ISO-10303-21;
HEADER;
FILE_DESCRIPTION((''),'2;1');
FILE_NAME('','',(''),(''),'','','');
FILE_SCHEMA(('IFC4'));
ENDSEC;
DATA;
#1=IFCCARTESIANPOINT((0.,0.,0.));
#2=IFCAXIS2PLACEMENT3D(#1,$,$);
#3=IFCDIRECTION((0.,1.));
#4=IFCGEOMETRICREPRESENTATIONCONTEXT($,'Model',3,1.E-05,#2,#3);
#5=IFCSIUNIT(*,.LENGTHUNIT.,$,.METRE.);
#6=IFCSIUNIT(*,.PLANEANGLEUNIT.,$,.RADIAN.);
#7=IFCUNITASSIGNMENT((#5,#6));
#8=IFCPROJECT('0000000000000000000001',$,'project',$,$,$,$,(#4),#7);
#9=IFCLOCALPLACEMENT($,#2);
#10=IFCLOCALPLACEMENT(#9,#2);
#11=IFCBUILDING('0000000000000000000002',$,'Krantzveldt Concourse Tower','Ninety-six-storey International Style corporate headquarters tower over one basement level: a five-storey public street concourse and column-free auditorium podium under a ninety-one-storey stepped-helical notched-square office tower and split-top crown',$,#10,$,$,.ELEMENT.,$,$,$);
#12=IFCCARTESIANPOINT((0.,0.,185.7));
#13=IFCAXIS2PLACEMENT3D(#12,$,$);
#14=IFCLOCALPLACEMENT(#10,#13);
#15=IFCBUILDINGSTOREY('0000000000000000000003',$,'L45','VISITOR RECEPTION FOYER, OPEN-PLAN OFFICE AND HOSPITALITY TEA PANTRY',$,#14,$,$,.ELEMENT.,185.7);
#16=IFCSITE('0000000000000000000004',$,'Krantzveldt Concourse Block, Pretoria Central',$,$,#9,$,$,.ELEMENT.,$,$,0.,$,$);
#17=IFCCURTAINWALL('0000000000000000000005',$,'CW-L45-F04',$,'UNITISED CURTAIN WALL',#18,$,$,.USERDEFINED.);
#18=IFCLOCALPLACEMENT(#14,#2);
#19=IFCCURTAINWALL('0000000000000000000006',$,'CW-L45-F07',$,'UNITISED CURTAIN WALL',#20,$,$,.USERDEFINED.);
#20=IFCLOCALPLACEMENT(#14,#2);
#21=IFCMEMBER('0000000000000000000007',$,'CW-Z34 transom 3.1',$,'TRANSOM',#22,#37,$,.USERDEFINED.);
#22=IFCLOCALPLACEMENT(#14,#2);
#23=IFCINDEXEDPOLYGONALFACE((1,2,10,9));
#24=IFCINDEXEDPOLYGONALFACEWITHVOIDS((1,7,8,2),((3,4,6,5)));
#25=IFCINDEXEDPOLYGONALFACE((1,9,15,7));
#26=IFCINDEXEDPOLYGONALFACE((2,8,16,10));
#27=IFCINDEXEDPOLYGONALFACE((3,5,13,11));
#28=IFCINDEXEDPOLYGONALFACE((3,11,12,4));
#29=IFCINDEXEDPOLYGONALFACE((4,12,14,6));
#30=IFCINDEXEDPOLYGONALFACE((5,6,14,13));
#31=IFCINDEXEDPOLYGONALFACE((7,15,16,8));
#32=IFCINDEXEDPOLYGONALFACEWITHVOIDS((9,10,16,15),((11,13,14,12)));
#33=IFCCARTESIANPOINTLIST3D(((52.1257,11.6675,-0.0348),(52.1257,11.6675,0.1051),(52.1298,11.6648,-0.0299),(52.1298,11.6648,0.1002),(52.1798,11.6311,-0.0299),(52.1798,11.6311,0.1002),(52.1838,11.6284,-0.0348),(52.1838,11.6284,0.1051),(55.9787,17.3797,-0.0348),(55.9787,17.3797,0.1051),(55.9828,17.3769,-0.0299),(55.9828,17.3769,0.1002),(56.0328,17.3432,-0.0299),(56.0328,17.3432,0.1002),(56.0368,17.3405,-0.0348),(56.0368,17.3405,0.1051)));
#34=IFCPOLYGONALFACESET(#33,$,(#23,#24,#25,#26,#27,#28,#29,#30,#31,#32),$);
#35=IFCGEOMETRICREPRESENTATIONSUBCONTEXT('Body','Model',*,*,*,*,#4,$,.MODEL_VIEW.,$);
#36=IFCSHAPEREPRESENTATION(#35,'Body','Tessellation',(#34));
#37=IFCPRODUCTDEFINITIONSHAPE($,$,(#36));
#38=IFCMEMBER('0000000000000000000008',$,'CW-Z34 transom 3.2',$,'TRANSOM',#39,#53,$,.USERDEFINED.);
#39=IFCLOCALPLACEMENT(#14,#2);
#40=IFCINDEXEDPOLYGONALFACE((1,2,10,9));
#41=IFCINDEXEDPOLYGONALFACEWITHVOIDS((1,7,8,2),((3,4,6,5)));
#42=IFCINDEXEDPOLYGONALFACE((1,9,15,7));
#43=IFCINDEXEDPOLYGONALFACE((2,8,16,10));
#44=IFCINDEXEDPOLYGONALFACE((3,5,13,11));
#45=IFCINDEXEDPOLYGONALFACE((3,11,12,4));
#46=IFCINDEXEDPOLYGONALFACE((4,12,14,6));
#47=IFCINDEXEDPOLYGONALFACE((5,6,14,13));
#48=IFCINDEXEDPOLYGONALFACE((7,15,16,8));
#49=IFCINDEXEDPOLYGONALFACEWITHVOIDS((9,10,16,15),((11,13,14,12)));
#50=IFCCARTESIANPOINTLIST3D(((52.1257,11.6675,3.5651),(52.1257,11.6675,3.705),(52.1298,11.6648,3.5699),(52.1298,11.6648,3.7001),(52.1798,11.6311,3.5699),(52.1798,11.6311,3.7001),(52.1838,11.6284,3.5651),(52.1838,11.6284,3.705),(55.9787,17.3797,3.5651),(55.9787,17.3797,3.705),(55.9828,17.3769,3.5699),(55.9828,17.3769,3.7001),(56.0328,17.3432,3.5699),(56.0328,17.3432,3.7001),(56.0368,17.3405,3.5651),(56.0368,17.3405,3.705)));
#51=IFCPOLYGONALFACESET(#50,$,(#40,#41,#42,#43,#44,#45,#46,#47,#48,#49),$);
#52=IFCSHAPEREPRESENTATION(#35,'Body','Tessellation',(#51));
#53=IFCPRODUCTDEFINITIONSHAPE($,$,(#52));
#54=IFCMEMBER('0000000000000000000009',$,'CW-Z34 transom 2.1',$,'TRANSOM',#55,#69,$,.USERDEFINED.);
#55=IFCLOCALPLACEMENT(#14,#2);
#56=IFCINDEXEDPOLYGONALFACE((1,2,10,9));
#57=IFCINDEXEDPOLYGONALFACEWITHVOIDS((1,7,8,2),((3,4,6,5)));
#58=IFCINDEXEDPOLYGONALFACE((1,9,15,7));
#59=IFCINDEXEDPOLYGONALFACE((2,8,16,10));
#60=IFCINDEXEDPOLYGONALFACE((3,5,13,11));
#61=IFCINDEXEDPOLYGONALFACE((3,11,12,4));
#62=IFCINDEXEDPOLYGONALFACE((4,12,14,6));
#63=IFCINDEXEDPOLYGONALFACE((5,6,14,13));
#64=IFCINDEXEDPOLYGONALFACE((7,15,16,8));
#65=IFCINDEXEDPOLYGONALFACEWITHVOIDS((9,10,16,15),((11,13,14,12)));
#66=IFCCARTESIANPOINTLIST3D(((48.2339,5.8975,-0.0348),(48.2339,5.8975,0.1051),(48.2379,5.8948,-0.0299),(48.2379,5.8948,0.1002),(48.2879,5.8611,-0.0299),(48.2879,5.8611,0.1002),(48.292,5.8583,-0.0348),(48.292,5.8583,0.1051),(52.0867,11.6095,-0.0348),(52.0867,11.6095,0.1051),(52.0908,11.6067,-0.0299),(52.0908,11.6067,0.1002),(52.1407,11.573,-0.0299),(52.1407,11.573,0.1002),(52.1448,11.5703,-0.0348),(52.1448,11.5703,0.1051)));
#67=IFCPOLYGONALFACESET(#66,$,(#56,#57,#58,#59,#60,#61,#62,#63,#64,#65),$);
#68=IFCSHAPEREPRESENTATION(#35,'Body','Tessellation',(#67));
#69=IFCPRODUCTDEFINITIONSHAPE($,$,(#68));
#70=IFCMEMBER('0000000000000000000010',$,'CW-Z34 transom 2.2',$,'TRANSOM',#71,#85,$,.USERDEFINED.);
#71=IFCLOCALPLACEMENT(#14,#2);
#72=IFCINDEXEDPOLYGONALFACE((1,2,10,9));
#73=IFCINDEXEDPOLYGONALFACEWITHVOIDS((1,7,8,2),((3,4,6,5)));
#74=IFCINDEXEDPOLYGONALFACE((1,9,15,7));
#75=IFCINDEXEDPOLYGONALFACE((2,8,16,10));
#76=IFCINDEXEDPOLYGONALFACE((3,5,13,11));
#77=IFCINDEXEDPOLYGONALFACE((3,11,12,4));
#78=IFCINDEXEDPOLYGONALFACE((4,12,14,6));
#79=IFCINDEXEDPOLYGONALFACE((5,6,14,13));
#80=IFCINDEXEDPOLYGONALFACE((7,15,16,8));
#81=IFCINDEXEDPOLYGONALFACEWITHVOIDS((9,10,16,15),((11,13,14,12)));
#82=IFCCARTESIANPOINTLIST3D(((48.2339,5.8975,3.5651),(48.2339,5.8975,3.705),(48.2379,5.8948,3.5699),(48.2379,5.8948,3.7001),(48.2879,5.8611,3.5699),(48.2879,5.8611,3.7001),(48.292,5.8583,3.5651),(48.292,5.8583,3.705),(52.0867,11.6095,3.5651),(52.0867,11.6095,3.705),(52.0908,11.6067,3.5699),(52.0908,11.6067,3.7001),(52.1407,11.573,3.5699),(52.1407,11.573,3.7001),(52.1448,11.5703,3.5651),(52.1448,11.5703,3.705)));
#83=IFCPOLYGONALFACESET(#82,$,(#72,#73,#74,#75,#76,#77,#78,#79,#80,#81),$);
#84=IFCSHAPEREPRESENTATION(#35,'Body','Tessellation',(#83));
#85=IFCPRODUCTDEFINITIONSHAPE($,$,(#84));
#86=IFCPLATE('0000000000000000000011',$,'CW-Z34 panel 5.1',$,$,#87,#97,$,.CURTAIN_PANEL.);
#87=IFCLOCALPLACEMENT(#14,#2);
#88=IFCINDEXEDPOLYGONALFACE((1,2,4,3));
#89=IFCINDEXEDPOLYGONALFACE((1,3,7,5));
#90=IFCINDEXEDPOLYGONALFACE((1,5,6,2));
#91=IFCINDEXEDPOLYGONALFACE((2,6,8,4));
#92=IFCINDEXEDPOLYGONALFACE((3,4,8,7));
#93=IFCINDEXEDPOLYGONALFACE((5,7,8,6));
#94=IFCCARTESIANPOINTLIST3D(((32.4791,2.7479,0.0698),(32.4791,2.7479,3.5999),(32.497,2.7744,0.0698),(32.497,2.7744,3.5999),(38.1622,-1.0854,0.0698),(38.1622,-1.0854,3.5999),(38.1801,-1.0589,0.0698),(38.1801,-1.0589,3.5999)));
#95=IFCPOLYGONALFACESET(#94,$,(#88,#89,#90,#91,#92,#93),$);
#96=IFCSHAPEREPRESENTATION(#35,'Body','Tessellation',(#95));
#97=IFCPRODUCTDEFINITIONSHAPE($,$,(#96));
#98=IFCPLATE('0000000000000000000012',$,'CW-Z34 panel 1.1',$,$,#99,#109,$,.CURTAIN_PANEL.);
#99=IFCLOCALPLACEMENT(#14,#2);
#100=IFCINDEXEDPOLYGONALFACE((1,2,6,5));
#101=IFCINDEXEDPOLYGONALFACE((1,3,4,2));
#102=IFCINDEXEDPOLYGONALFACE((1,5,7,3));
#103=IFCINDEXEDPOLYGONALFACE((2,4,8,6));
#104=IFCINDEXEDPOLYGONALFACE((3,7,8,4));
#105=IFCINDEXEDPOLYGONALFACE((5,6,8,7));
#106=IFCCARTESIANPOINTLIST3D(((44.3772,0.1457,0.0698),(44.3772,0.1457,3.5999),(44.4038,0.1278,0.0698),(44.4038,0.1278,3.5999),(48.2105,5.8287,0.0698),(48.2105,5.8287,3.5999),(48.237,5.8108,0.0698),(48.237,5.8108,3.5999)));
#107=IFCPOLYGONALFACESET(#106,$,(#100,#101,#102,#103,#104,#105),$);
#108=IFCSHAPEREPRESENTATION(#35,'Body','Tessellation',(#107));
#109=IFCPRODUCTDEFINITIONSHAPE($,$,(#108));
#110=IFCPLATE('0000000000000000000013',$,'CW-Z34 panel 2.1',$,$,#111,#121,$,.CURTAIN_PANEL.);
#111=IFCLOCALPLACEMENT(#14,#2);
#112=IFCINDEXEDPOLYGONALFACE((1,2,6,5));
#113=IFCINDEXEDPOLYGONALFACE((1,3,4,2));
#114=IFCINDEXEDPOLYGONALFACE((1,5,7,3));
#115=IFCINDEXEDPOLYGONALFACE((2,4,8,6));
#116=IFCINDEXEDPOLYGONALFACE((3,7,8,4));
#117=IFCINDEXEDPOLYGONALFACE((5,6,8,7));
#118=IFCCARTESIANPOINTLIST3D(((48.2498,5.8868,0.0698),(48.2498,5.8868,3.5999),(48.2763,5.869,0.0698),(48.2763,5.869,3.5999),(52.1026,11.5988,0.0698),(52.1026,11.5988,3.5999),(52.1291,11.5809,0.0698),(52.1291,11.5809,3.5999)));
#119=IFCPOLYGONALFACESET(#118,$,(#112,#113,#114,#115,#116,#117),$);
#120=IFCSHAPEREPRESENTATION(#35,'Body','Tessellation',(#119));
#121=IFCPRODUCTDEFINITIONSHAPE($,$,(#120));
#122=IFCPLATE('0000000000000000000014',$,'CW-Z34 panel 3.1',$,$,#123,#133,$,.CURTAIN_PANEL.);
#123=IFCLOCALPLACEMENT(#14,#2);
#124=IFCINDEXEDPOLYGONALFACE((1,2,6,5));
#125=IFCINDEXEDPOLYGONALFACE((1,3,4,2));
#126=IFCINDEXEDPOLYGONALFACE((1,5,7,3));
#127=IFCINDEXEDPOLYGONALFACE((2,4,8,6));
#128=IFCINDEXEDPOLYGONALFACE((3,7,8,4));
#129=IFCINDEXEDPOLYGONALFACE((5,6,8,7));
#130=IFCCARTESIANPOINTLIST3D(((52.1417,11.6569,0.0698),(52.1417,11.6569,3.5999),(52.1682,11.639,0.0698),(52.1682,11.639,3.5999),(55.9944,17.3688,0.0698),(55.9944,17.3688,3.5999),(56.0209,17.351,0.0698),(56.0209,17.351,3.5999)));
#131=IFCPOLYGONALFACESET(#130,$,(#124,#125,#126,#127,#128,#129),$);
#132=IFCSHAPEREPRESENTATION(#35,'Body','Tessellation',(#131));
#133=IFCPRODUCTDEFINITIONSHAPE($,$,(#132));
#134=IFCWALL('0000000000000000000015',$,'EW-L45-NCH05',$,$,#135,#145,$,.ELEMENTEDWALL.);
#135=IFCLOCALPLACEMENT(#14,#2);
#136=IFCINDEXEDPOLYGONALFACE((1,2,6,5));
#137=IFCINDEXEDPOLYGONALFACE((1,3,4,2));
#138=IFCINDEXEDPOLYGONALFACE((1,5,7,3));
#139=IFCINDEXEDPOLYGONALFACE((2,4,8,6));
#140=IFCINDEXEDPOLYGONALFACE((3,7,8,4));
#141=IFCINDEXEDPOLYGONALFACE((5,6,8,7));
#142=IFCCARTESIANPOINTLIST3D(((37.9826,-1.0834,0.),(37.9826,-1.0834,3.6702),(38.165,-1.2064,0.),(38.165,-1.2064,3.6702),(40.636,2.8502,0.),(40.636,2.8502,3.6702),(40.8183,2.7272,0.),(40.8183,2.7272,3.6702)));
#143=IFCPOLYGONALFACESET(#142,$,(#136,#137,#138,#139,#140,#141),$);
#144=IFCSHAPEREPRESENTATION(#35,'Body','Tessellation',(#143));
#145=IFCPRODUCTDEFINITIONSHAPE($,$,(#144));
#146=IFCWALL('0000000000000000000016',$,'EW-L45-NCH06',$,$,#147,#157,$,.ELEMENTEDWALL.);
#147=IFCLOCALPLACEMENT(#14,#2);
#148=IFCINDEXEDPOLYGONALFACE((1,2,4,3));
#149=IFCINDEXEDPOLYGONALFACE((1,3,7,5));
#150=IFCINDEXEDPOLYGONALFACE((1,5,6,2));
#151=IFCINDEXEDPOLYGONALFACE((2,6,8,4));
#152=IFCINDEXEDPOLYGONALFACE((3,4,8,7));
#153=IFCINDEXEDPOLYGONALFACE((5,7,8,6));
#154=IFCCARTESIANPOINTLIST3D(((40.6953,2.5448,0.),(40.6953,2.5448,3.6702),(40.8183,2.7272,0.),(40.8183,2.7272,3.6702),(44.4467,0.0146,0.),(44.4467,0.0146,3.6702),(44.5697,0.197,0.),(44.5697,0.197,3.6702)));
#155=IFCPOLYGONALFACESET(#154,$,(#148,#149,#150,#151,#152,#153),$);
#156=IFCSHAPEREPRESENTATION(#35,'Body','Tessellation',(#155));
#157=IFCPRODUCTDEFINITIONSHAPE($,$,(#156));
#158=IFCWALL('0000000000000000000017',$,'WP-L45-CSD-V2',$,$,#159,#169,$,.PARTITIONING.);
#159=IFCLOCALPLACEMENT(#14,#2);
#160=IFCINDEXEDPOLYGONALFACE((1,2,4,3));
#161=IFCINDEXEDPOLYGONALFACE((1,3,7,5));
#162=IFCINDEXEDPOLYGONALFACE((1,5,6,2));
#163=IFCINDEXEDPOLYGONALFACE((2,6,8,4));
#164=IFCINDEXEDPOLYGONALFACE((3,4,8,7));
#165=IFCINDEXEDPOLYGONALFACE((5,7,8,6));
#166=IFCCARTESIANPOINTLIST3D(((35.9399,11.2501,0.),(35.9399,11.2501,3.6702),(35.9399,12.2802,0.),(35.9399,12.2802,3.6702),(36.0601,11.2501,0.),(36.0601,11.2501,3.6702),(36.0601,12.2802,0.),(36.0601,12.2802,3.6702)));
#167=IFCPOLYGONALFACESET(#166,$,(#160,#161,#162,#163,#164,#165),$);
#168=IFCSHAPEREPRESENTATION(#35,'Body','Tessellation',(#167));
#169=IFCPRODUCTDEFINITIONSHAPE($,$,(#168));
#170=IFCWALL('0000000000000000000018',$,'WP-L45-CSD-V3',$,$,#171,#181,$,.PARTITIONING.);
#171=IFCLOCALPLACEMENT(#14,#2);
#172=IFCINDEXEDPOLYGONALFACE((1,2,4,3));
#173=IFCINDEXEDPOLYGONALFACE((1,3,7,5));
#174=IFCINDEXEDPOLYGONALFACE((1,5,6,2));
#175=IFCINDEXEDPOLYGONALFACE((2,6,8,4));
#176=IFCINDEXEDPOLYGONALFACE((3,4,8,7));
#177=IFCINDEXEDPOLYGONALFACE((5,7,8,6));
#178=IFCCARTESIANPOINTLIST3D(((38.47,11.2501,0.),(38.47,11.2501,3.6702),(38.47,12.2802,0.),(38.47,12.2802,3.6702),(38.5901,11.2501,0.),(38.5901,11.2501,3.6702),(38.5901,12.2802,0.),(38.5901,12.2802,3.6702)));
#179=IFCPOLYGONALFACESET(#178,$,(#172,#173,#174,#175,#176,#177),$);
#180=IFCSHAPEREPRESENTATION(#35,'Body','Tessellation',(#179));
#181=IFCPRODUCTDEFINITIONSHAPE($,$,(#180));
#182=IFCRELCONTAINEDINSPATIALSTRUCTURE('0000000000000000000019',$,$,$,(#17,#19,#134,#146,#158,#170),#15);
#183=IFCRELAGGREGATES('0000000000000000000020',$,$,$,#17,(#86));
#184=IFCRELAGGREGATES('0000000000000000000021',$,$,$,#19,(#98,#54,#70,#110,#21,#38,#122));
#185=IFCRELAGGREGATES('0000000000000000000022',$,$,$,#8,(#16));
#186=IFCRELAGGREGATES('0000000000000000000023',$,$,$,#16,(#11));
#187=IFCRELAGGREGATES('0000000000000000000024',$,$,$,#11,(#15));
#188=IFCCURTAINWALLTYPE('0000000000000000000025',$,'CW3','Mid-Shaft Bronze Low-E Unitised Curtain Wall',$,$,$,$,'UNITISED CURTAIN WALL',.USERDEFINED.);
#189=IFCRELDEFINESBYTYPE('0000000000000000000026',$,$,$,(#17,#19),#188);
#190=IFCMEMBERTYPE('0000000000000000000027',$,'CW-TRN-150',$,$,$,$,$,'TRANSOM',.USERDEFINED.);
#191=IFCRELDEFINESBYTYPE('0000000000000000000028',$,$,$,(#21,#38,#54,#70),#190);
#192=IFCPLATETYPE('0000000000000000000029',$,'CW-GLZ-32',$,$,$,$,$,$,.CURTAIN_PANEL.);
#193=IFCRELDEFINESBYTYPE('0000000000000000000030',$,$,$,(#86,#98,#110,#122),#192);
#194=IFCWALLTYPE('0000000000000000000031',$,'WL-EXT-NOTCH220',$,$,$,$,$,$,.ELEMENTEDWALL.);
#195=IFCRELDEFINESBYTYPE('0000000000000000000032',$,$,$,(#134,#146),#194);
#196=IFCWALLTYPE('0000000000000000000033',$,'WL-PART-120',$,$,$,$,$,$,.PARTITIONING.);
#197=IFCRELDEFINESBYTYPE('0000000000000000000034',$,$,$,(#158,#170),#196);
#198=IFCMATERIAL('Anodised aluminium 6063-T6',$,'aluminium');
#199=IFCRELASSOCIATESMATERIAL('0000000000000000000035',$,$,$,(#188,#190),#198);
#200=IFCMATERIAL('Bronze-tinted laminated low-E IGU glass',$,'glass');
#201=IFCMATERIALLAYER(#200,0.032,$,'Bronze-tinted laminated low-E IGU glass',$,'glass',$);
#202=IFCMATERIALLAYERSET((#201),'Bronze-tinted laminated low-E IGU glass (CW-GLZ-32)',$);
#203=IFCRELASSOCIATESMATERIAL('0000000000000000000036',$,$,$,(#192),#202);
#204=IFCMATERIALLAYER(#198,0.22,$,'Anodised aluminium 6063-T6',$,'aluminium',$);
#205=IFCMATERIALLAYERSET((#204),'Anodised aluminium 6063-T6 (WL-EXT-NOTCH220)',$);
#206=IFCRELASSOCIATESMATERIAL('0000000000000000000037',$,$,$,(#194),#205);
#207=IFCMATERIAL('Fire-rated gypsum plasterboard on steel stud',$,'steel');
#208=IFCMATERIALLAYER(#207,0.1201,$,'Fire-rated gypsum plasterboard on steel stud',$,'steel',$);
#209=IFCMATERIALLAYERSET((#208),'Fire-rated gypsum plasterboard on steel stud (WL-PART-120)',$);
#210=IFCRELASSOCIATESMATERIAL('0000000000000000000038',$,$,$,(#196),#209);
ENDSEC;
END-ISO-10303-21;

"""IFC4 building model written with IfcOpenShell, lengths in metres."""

from ifc_helpers import new_model, si_unit, direction, frame, frame_2d, origin, origin_2d, place, context, subcontext, project, spatial, rectangle, hollow_rectangle, extrude, source, transform, mapped, material, layer, layer_set, material_profile, profile_set, type_object, type_shapes, element, aggregate, save


model = new_model("IFC4")

# Units and contexts
model_context = context("Model", 3, precision=1e-05, world=origin(), true_north=direction((0.0, 1.0)))
body_context = subcontext(model_context, "Body", "Model", "MODEL_VIEW")
ifc_project = project(units=[si_unit("LENGTHUNIT", "METRE"), si_unit("PLANEANGLEUNIT", "RADIAN")], contexts=[model_context])

# Site, building, storey
site_placement = place(None, origin())
site = spatial("IfcSite", under=ifc_project, at=site_placement, Name="Krantzveldt Concourse Block, Pretoria Central", CompositionType="ELEMENT", RefElevation=0.0)
building_placement = place(site_placement, origin())
building = spatial("IfcBuilding", under=site, at=building_placement, Name="Krantzveldt Concourse Tower", Description="Ninety-six-storey International Style corporate headquarters tower over one basement level: a five-storey public street concourse and column-free auditorium podium under a ninety-one-storey stepped-helical notched-square office tower and split-top crown", CompositionType="ELEMENT")
storey_placement = place(building_placement, frame((0.0, 0.0, 185.7)))
storey = spatial("IfcBuildingStorey", under=building, at=storey_placement, Name="L45", Description="VISITOR RECEPTION FOYER, OPEN-PLAN OFFICE AND HOSPITALITY TEA PANTRY", CompositionType="ELEMENT", Elevation=185.7)

# Curtain wall
ifc_material_1 = material(Name="Anodised aluminium 6063-T6", Category="aluminium")
curtain_wall_type = type_object("IfcCurtainWallType", Name="CW3", Description="Mid-Shaft Bronze Low-E Unitised Curtain Wall", ElementType="UNITISED CURTAIN WALL", PredefinedType="USERDEFINED", material=ifc_material_1)
curtain_wall_1_placement = place(storey_placement, origin())
curtain_wall_1 = element("IfcCurtainWall", 1, at=curtain_wall_1_placement, inside=storey, type_object=curtain_wall_type, Name="CW-L45-F04", ObjectType="UNITISED CURTAIN WALL", PredefinedType="USERDEFINED")

# Curtain wall, members
curtain_wall_2_placement = place(storey_placement, origin())
curtain_wall_2 = element("IfcCurtainWall", 2, at=curtain_wall_2_placement, inside=storey, type_object=curtain_wall_type, Name="CW-L45-F07", ObjectType="UNITISED CURTAIN WALL", PredefinedType="USERDEFINED")
ifc_material_profile_1 = material_profile(ifc_material_1, hollow_rectangle(XDim=0.0701, YDim=0.1399, WallThickness=0.0049, at=origin_2d()), Name="Anodised aluminium 6063-T6", Category="aluminium")
ifc_profile_set_1 = profile_set([ifc_material_profile_1], Name="Anodised aluminium 6063-T6 - ALU-TRAN 140x70x5")
member_type_1 = type_object("IfcMemberType", Name="CW-TRN-150", ElementType="TRANSOM", PredefinedType="USERDEFINED", material=ifc_profile_set_1)
shared_shape_1 = source(origin(), body_context, "Body", "SweptSolid", [
    extrude(hollow_rectangle(XDim=0.0701, YDim=0.1399, WallThickness=0.0049, at=origin_2d()), origin(), (0.0, 0.0, 1.0), 6.8901),
])
member_1_placement = place(storey_placement, frame((52.1548, 11.6479, 0.0352), z_axis=(0.559206, 0.829029, 0.0), x_axis=(-0.829029, 0.559206, 0.0)))
member_1 = element("IfcMember", 3, at=member_1_placement, type_object=member_type_1, Name="CW-Z34 transom 3.1", ObjectType="TRANSOM", PredefinedType="USERDEFINED", context=body_context, shape_type="MappedRepresentation", body=[
    mapped(shared_shape_1, transform((0.0, 0.0, 0.0), x_axis=(1.0, 0.0, 0.0), y_axis=(0.0, 1.0, 0.0), z_axis=(0.0, 0.0, 1.0), scale=1.0)),
])
member_2_placement = place(storey_placement, frame((52.1548, 11.6479, 3.635), z_axis=(0.559206, 0.829029, 0.0), x_axis=(-0.829029, 0.559206, 0.0)))
member_2 = element("IfcMember", 4, at=member_2_placement, type_object=member_type_1, Name="CW-Z34 transom 3.2", ObjectType="TRANSOM", PredefinedType="USERDEFINED", context=body_context, shape_type="MappedRepresentation", body=[
    mapped(shared_shape_1, transform((0.0, 0.0, 0.0), x_axis=(1.0, 0.0, 0.0), y_axis=(0.0, 1.0, 0.0), z_axis=(0.0, 0.0, 1.0), scale=1.0)),
])
shared_shape_2 = source(origin(), body_context, "Body", "SweptSolid", [
    extrude(hollow_rectangle(XDim=0.0701, YDim=0.1399, WallThickness=0.0049, at=origin_2d()), origin(), (0.0, 0.0, 1.0), 6.8899),
])
member_3_placement = place(storey_placement, frame((48.2629, 5.8779, 0.0352), z_axis=(0.559198, 0.829034, 0.0), x_axis=(-0.829034, 0.559198, 0.0)))
member_3 = element("IfcMember", 5, at=member_3_placement, type_object=member_type_1, Name="CW-Z34 transom 2.1", ObjectType="TRANSOM", PredefinedType="USERDEFINED", context=body_context, shape_type="MappedRepresentation", body=[
    mapped(shared_shape_2, transform((0.0, 0.0, 0.0), x_axis=(1.0, 0.0, 0.0), y_axis=(0.0, 1.0, 0.0), z_axis=(0.0, 0.0, 1.0), scale=1.0)),
])
member_4_placement = place(storey_placement, frame((48.2629, 5.8779, 3.635), z_axis=(0.559198, 0.829034, 0.0), x_axis=(-0.829034, 0.559198, 0.0)))
member_4 = element("IfcMember", 6, at=member_4_placement, type_object=member_type_1, Name="CW-Z34 transom 2.2", ObjectType="TRANSOM", PredefinedType="USERDEFINED", context=body_context, shape_type="MappedRepresentation", body=[
    mapped(shared_shape_2, transform((0.0, 0.0, 0.0), x_axis=(1.0, 0.0, 0.0), y_axis=(0.0, 1.0, 0.0), z_axis=(0.0, 0.0, 1.0), scale=1.0)),
])

# Plates
ifc_material_2 = material(Name="Bronze-tinted laminated low-E IGU glass", Category="glass")
ifc_layer_1 = layer(ifc_material_2, 0.032, Name="Bronze-tinted laminated low-E IGU glass", Category="glass")
ifc_layer_set_1 = layer_set([ifc_layer_1], Name="Bronze-tinted laminated low-E IGU glass (CW-GLZ-32)")
plate_type = type_object("IfcPlateType", Name="CW-GLZ-32", PredefinedType="CURTAIN_PANEL", material=ifc_layer_set_1)
shared_shape_3 = source(origin(), body_context, "Body", "SweptSolid", [
    extrude(rectangle(XDim=6.855, YDim=0.032, at=origin_2d()), origin(), (0.0, 0.0, 1.0), 3.53),
])
plate_1_placement = place(storey_placement, frame((35.3296, 0.8445, 0.0698), z_axis=(0.0, 0.0, 1.0), x_axis=(0.829038, -0.559193, 0.0)))
plate_1 = element("IfcPlate", 7, at=plate_1_placement, type_object=plate_type, Name="CW-Z34 panel 5.1", PredefinedType="CURTAIN_PANEL", context=body_context, shape_type="MappedRepresentation", body=[
    mapped(shared_shape_3, transform((0.0, 0.0, 0.0), x_axis=(1.0, 0.0, 0.0), y_axis=(0.0, 1.0, 0.0), z_axis=(0.0, 0.0, 1.0), scale=1.0)),
])
aggregate(curtain_wall_1, [plate_1])
plate_2_placement = place(storey_placement, frame((46.3071, 2.9783, 0.0698), z_axis=(0.0, 0.0, 1.0), x_axis=(0.559193, 0.829038, 0.0)))
plate_2 = element("IfcPlate", 8, at=plate_2_placement, type_object=plate_type, Name="CW-Z34 panel 1.1", PredefinedType="CURTAIN_PANEL", context=body_context, shape_type="MappedRepresentation", body=[
    mapped(shared_shape_3, transform((0.0, 0.0, 0.0), x_axis=(1.0, 0.0, 0.0), y_axis=(0.0, 1.0, 0.0), z_axis=(0.0, 0.0, 1.0), scale=1.0)),
])
shared_shape_4 = source(origin(), body_context, "Body", "SweptSolid", [
    extrude(rectangle(XDim=6.8899, YDim=0.032, at=origin_2d()), origin(), (0.0, 0.0, 1.0), 3.53),
])
type_shapes(plate_type, [shared_shape_3, shared_shape_4])
plate_3_placement = place(storey_placement, frame((50.1895, 8.7339, 0.0698), z_axis=(0.0, 0.0, 1.0), x_axis=(0.559193, 0.829038, 0.0)))
plate_3 = element("IfcPlate", 9, at=plate_3_placement, type_object=plate_type, Name="CW-Z34 panel 2.1", PredefinedType="CURTAIN_PANEL", context=body_context, shape_type="MappedRepresentation", body=[
    mapped(shared_shape_4, transform((0.0, 0.0, 0.0), x_axis=(1.0, 0.0, 0.0), y_axis=(0.0, 1.0, 0.0), z_axis=(0.0, 0.0, 1.0), scale=1.0)),
])
plate_4_placement = place(storey_placement, frame((54.0813, 14.5039, 0.0698), z_axis=(0.0, 0.0, 1.0), x_axis=(0.559193, 0.829038, 0.0)))
plate_4 = element("IfcPlate", 10, at=plate_4_placement, type_object=plate_type, Name="CW-Z34 panel 3.1", PredefinedType="CURTAIN_PANEL", context=body_context, shape_type="MappedRepresentation", body=[
    mapped(shared_shape_4, transform((0.0, 0.0, 0.0), x_axis=(1.0, 0.0, 0.0), y_axis=(0.0, 1.0, 0.0), z_axis=(0.0, 0.0, 1.0), scale=1.0)),
])
aggregate(curtain_wall_2, [plate_2, member_3, member_4, plate_3, member_1, member_2, plate_4])

# Walls
ifc_layer_2 = layer(ifc_material_1, 0.22, Name="Anodised aluminium 6063-T6", Category="aluminium")
ifc_layer_set_2 = layer_set([ifc_layer_2], Name="Anodised aluminium 6063-T6 (WL-EXT-NOTCH220)")
wall_type_1 = type_object("IfcWallType", Name="WL-EXT-NOTCH220", PredefinedType="ELEMENTEDWALL", material=ifc_layer_set_2)
wall_1_placement = place(storey_placement, frame((38.0737, -1.145, 0.0), z_axis=(0.0, 0.0, 1.0), x_axis=(0.559204, 0.82903, 0.0)))
element("IfcWall", 11, at=wall_1_placement, inside=storey, type_object=wall_type_1, Name="EW-L45-NCH05", PredefinedType="ELEMENTEDWALL", context=body_context, shape_type="SweptSolid", body=[
    extrude(rectangle(XDim=4.7449, YDim=0.22, at=frame_2d((2.3726, 0.0))), origin(), (0.0, 0.0, 1.0), 3.6702),
])
wall_2_placement = place(storey_placement, frame((40.7568, 2.636, 0.0), z_axis=(0.0, 0.0, 1.0), x_axis=(0.82905, -0.559174, 0.0)))
element("IfcWall", 12, at=wall_2_placement, inside=storey, type_object=wall_type_1, Name="EW-L45-NCH06", PredefinedType="ELEMENTEDWALL", context=body_context, shape_type="SweptSolid", body=[
    extrude(rectangle(XDim=4.5249, YDim=0.22, at=frame_2d((2.2625, 0.0))), origin(), (0.0, 0.0, 1.0), 3.6702),
])
ifc_material_3 = material(Name="Fire-rated gypsum plasterboard on steel stud", Category="steel")
ifc_layer_3 = layer(ifc_material_3, 0.1201, Name="Fire-rated gypsum plasterboard on steel stud", Category="steel")
ifc_layer_set_3 = layer_set([ifc_layer_3], Name="Fire-rated gypsum plasterboard on steel stud (WL-PART-120)")
wall_type_2 = type_object("IfcWallType", Name="WL-PART-120", PredefinedType="PARTITIONING", material=ifc_layer_set_3)
for number, where, z_axis, x_axis, name in (
    (13, (36.0, 11.25, 0.0), (0.0, 0.0, 1.0), (0.0, 1.0, 0.0), "WP-L45-CSD-V2"),
    (14, (38.53, 11.25, 0.0), (0.0, 0.0, 1.0), (0.0, 1.0, 0.0), "WP-L45-CSD-V3"),
):
    element("IfcWall", number, at=place(storey_placement, frame(where, z_axis=z_axis, x_axis=x_axis)), inside=storey, type_object=wall_type_2, Name=name, PredefinedType="PARTITIONING", context=body_context, shape_type="SweptSolid", body=[
        extrude(rectangle(XDim=1.03, YDim=0.1201, at=frame_2d((0.5151, 0.0))), origin(), (0.0, 0.0, 1.0), 3.6702),
    ])

save(model, "model.ifc")
